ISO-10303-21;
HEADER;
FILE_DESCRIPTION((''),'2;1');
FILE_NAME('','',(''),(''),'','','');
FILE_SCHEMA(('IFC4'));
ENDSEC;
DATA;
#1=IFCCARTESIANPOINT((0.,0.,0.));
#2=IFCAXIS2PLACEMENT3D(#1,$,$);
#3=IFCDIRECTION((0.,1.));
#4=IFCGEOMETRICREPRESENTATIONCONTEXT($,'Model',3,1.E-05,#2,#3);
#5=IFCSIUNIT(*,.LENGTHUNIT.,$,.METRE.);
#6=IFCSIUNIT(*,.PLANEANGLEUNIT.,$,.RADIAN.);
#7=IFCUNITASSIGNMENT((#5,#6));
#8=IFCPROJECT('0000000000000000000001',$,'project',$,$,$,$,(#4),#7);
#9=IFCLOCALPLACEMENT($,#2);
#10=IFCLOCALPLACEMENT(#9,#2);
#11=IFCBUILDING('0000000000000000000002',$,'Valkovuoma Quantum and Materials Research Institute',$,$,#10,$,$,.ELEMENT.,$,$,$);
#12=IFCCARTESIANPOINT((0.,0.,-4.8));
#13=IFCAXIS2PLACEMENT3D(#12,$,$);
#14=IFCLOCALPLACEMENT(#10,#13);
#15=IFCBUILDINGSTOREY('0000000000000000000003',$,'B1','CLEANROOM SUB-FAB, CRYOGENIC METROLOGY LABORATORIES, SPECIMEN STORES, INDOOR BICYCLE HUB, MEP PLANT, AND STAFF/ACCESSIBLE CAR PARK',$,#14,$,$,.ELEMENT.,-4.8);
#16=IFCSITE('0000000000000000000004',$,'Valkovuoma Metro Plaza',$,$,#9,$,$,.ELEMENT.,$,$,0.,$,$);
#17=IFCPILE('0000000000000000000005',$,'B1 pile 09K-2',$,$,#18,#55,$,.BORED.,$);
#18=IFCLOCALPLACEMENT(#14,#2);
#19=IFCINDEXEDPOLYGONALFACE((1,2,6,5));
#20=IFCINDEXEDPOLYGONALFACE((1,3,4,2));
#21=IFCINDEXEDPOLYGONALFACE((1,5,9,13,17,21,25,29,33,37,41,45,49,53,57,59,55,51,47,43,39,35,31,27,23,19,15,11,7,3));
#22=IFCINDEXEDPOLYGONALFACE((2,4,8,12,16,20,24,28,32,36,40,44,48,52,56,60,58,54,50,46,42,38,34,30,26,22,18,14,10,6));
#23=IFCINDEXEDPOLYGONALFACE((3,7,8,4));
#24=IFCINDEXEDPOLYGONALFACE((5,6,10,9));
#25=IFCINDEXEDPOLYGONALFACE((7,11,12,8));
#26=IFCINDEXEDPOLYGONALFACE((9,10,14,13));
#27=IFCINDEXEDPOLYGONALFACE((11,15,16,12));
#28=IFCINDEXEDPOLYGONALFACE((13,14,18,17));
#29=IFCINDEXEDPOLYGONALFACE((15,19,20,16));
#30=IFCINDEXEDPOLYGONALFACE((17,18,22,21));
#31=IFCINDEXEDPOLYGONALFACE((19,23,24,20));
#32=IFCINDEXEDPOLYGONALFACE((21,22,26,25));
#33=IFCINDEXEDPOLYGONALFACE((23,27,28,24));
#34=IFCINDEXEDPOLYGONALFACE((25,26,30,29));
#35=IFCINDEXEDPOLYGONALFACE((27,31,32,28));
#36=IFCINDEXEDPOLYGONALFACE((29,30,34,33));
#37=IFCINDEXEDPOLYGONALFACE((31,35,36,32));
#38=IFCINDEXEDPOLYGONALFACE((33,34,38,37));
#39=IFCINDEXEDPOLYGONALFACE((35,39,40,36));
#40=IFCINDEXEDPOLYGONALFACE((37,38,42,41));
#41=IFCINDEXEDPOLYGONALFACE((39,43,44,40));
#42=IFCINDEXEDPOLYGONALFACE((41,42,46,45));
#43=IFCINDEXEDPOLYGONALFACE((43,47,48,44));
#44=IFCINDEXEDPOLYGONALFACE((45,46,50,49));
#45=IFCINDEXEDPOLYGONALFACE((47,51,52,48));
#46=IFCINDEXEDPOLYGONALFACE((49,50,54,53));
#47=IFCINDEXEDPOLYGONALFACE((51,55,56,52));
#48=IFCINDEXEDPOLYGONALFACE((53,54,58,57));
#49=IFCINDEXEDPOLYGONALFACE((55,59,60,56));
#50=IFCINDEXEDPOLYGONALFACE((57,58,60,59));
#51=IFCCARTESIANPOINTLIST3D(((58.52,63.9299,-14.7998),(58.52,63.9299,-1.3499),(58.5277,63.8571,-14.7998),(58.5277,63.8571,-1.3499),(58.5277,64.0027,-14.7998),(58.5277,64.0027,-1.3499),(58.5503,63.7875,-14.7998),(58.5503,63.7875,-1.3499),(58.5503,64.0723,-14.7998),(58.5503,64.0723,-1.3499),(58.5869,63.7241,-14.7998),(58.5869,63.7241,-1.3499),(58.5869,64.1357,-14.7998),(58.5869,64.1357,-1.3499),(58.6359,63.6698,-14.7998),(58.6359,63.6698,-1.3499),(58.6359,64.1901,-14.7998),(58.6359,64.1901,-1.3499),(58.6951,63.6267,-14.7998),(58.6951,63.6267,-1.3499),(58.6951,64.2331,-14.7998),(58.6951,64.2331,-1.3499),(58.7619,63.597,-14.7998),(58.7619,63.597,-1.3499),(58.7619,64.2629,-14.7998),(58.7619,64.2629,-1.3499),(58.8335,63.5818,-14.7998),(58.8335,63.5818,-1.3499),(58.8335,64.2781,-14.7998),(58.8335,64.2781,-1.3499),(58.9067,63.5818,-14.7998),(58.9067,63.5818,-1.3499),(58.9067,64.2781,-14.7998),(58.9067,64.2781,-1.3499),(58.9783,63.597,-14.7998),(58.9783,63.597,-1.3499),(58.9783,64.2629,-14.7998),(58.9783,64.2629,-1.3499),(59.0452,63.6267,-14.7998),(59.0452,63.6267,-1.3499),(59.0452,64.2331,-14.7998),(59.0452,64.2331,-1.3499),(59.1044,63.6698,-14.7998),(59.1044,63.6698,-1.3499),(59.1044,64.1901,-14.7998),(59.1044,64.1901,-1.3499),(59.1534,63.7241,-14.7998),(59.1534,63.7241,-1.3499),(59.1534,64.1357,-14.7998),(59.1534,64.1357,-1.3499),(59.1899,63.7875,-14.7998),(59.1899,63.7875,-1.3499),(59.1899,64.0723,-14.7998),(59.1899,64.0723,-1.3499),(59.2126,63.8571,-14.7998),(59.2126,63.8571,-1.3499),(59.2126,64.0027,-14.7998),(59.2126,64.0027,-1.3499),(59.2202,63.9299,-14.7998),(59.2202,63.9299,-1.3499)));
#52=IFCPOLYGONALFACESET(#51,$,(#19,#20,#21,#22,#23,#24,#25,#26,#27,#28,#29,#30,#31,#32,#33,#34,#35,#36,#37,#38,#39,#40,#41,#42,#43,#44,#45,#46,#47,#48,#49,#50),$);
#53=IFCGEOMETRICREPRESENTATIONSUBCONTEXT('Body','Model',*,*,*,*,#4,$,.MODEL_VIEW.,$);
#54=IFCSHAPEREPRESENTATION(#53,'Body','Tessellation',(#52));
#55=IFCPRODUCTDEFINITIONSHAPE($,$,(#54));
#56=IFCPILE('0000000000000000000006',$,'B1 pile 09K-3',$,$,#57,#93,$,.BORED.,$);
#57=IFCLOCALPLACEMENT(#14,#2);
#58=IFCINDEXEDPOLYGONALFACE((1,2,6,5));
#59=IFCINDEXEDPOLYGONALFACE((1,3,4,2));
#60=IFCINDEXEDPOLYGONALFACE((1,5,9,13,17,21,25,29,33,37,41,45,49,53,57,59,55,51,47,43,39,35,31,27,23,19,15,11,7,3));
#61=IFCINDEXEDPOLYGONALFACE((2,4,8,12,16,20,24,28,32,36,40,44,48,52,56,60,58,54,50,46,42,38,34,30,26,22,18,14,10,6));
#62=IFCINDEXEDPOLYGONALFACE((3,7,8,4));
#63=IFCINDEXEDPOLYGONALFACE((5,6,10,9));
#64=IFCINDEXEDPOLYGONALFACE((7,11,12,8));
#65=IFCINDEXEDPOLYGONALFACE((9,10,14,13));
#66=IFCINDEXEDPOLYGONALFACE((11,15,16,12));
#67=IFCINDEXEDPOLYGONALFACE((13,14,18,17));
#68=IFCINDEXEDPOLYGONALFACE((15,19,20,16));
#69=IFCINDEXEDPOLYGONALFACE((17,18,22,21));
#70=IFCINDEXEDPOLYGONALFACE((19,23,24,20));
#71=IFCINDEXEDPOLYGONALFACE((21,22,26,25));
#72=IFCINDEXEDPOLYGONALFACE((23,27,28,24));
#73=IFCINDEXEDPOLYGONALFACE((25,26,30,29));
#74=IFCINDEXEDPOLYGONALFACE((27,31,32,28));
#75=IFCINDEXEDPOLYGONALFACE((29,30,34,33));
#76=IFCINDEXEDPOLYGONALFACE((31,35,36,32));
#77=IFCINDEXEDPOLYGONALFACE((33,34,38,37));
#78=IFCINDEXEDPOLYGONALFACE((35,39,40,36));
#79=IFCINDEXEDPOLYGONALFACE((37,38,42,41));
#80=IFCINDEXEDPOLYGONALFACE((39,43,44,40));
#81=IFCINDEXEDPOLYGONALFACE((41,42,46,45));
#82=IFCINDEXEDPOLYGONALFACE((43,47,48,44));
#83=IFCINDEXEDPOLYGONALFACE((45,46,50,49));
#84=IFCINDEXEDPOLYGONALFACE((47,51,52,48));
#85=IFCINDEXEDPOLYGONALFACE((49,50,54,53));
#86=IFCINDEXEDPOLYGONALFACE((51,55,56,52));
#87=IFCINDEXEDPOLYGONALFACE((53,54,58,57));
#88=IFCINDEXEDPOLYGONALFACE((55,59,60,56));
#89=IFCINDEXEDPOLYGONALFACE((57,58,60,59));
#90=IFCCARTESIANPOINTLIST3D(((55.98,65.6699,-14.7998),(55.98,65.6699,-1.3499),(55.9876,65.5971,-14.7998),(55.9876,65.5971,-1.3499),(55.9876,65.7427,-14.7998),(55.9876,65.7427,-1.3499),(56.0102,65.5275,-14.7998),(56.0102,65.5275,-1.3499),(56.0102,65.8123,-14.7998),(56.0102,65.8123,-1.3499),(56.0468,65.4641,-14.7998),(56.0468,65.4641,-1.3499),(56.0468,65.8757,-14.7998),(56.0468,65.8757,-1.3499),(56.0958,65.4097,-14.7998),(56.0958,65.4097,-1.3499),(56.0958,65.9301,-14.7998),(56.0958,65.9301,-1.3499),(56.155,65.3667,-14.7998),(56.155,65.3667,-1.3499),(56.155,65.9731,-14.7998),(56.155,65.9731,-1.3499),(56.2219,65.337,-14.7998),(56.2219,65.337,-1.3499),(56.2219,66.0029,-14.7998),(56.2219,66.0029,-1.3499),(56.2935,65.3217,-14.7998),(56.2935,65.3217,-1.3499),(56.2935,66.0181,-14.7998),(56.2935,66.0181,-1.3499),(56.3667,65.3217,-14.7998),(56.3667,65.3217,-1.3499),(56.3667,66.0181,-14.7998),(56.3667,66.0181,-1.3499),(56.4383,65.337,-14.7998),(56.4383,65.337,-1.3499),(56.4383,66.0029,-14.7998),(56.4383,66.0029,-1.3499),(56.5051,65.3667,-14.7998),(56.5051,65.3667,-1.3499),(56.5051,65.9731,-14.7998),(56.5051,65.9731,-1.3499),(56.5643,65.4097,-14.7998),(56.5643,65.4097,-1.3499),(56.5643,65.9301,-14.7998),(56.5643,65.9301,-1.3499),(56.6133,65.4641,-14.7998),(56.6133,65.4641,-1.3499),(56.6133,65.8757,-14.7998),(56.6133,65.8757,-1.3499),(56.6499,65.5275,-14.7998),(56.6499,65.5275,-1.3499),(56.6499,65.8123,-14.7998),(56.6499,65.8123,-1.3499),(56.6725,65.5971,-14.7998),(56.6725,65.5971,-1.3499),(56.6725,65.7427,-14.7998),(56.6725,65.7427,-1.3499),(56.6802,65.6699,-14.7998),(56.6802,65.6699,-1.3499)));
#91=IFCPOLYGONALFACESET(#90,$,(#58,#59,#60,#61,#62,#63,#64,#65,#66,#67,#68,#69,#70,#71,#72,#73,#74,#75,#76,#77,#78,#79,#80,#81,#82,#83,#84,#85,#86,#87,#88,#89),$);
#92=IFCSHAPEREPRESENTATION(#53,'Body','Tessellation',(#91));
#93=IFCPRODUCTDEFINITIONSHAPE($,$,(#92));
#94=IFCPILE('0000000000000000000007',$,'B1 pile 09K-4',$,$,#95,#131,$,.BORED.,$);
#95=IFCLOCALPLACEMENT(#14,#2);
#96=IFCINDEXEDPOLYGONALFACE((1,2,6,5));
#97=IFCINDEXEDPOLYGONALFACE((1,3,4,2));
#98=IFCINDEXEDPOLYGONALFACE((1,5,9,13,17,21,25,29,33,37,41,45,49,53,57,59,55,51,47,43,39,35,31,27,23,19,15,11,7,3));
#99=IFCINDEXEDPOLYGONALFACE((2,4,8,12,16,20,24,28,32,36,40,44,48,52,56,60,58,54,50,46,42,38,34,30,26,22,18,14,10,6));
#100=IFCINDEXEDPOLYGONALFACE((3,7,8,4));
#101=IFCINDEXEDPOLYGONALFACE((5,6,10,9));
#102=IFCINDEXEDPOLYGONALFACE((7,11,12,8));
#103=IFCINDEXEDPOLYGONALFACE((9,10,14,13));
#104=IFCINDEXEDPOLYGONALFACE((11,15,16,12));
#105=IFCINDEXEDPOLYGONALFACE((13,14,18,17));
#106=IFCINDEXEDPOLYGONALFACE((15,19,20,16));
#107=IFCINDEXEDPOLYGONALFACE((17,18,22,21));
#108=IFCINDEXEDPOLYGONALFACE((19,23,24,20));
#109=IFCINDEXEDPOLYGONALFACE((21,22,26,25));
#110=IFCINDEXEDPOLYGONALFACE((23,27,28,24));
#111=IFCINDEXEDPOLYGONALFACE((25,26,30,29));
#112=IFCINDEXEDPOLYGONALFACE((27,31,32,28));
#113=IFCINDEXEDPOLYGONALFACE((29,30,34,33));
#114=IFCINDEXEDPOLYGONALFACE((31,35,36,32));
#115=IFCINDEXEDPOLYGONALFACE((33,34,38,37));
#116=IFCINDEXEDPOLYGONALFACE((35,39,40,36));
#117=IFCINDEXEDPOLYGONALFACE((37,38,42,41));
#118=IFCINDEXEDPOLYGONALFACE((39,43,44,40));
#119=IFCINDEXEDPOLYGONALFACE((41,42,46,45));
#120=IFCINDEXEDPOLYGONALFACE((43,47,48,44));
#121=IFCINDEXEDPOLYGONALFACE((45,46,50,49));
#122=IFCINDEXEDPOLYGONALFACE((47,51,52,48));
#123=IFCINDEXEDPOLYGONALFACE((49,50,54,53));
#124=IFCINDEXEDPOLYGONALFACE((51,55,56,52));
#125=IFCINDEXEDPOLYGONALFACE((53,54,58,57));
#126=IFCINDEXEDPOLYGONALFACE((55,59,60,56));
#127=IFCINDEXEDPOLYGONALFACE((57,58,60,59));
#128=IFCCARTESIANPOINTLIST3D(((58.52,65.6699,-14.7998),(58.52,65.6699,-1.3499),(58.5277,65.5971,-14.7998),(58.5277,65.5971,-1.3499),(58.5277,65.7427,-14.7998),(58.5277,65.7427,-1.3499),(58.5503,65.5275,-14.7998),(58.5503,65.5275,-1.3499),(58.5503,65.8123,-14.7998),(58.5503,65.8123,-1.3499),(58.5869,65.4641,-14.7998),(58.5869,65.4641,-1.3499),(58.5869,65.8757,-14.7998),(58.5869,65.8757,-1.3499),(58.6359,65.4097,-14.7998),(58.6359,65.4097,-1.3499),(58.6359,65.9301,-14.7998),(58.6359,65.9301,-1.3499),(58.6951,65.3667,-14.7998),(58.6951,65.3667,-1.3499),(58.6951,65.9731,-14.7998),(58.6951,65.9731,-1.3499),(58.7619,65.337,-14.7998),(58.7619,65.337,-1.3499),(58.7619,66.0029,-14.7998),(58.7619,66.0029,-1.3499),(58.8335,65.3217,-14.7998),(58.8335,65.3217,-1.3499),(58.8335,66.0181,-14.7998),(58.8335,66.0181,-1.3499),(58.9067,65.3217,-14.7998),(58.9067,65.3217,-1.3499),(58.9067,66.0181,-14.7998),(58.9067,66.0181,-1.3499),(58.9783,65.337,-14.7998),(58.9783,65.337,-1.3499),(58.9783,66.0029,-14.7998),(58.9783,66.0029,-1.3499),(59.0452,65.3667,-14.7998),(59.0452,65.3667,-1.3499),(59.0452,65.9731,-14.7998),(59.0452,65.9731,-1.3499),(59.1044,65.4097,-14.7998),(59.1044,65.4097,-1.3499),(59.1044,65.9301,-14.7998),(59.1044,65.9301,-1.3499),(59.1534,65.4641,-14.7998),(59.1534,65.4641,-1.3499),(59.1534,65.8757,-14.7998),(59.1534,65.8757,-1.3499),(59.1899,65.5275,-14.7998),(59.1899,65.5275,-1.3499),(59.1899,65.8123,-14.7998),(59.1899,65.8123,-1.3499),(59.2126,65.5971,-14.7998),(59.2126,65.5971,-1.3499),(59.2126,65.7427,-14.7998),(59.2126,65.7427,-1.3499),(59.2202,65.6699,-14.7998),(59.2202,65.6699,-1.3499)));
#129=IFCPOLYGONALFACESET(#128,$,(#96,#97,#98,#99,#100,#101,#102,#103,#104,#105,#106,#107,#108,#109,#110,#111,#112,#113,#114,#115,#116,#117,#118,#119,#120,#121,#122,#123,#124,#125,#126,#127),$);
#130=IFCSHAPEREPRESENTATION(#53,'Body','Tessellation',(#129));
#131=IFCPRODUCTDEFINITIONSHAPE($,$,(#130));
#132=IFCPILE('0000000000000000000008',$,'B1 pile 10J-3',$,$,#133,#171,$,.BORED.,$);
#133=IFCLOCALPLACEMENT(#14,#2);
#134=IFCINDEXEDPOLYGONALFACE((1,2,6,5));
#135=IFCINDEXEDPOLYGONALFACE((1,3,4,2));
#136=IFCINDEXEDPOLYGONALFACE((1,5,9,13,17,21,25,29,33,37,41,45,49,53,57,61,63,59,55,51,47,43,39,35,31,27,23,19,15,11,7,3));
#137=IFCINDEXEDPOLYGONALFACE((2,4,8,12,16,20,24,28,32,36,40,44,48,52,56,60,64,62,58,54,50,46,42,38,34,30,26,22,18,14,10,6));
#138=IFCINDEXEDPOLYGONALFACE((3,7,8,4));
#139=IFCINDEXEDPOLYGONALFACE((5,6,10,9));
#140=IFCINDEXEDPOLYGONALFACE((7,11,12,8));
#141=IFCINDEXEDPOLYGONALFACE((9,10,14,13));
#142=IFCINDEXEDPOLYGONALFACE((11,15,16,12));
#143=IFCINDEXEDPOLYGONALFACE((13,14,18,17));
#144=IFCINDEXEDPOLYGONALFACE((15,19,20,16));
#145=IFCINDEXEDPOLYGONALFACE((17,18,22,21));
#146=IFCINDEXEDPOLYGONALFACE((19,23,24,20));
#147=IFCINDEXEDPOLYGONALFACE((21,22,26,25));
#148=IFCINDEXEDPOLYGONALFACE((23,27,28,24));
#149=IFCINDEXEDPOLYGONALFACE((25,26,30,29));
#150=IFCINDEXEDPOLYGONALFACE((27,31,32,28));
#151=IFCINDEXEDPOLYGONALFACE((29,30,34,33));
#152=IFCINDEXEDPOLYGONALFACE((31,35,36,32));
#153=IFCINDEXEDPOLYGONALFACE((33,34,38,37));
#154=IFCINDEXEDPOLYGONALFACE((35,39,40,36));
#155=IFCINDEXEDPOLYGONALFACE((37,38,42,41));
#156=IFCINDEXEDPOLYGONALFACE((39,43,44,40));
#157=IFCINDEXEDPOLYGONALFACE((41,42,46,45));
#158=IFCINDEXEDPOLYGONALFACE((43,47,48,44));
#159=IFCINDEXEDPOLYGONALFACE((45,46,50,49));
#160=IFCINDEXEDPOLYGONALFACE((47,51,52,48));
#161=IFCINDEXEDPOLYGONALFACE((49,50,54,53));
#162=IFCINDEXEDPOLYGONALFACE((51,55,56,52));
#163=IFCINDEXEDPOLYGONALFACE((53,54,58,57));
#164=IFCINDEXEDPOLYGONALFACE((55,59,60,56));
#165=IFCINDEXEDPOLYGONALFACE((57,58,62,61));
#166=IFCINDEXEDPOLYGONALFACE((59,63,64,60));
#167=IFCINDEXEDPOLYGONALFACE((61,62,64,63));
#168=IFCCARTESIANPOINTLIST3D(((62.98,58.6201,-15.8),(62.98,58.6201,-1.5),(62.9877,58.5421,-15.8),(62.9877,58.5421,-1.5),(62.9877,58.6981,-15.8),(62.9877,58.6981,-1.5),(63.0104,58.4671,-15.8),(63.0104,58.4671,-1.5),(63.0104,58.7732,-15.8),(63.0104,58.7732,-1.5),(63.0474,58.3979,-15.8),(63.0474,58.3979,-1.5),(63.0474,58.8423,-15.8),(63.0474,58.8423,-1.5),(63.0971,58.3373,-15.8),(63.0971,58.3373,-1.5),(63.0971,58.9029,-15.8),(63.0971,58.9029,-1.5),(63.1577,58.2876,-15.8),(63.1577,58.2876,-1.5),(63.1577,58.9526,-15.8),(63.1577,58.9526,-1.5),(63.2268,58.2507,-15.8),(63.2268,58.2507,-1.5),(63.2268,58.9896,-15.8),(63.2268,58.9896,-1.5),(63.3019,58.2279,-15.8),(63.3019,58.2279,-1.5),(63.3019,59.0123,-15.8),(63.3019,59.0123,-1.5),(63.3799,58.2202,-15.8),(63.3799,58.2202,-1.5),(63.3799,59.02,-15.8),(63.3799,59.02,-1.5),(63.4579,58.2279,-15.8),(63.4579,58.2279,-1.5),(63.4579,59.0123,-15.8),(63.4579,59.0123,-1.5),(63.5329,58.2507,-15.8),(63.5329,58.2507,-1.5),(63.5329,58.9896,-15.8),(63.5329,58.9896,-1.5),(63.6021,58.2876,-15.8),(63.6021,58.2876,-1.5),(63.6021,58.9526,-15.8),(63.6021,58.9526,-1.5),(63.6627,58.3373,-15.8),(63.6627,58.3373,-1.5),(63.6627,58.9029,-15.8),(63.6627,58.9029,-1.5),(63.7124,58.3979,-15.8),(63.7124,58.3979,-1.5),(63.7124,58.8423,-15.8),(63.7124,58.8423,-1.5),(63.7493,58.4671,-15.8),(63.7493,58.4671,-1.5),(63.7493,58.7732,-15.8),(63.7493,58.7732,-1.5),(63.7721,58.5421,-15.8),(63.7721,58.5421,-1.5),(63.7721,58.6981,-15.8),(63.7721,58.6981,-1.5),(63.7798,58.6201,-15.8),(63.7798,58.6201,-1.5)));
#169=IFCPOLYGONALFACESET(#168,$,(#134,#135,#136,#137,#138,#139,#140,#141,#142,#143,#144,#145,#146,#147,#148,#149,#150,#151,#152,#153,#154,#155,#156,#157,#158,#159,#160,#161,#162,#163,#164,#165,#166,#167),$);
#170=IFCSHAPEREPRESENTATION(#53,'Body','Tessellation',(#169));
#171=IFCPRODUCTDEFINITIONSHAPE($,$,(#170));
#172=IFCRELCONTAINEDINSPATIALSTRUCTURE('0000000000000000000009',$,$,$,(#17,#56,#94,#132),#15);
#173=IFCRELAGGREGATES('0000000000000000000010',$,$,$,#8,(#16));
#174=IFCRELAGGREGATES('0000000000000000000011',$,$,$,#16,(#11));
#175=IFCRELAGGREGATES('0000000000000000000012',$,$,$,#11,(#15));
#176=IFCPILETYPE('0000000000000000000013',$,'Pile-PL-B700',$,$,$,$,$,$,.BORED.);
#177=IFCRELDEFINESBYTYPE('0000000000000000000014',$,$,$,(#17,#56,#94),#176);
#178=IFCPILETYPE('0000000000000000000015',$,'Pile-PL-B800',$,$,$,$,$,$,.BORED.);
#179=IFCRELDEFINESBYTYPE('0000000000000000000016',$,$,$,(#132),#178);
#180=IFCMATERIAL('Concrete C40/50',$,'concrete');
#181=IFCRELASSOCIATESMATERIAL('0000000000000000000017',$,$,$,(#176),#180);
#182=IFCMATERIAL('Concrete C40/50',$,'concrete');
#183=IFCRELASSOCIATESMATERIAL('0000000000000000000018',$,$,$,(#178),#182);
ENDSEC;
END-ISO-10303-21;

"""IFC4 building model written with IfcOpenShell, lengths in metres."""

from ifc_helpers import new_model, si_unit, direction, frame, origin, origin_2d, place, context, subcontext, project, spatial, circle, extrude, material, material_profile, profile_set, type_object, element, save


model = new_model("IFC4")

# Units and contexts
model_context = context("Model", 3, precision=1e-05, world=origin(), true_north=direction((0.0, 1.0)))
body_context = subcontext(model_context, "Body", "Model", "MODEL_VIEW")
ifc_project = project(units=[si_unit("LENGTHUNIT", "METRE"), si_unit("PLANEANGLEUNIT", "RADIAN")], contexts=[model_context])

# Site, building, storey
site_placement = place(None, origin())
site = spatial("IfcSite", under=ifc_project, at=site_placement, Name="Valkovuoma Metro Plaza", CompositionType="ELEMENT", RefElevation=0.0)
building_placement = place(site_placement, origin())
building = spatial("IfcBuilding", under=site, at=building_placement, Name="Valkovuoma Quantum and Materials Research Institute", CompositionType="ELEMENT")
storey_placement = place(building_placement, frame((0.0, 0.0, -4.8)))
storey = spatial("IfcBuildingStorey", under=building, at=storey_placement, Name="B1", Description="CLEANROOM SUB-FAB, CRYOGENIC METROLOGY LABORATORIES, SPECIMEN STORES, INDOOR BICYCLE HUB, MEP PLANT, AND STAFF/ACCESSIBLE CAR PARK", CompositionType="ELEMENT", Elevation=-4.8)

# Piles
ifc_material_1 = material(Name="Concrete C40/50", Category="concrete")
ifc_material_profile_1 = material_profile(ifc_material_1, circle(Radius=0.3501, at=origin_2d()), Name="Concrete C40/50")
ifc_profile_set_1 = profile_set([ifc_material_profile_1], Name="Concrete C40/50")
pile_type_1 = type_object("IfcPileType", Name="Pile-PL-B700", PredefinedType="BORED", material=ifc_profile_set_1)
for number, where, z_axis, x_axis, name in (
    (1, (58.8701, 63.9299, -1.3499), (0.0, 0.0, -1.0), (1.0, 0.0, 0.0), "B1 pile 09K-2"),
    (2, (56.3301, 65.6699, -1.3499), (0.0, 0.0, -1.0), (1.0, 0.0, 0.0), "B1 pile 09K-3"),
    (3, (58.8701, 65.6699, -1.3499), (0.0, 0.0, -1.0), (1.0, 0.0, 0.0), "B1 pile 09K-4"),
):
    element("IfcPile", number, at=place(storey_placement, frame(where, z_axis=z_axis, x_axis=x_axis)), inside=storey, type_object=pile_type_1, Name=name, PredefinedType="BORED", context=body_context, shape_type="SweptSolid", body=[
        extrude(circle(Radius=0.3501, at=origin_2d()), origin(), (0.0, 0.0, 1.0), 13.45),
    ])
ifc_material_2 = material(Name="Concrete C40/50", Category="concrete")
ifc_material_profile_2 = material_profile(ifc_material_2, circle(Radius=0.3999, at=origin_2d()), Name="Concrete C40/50")
ifc_profile_set_2 = profile_set([ifc_material_profile_2], Name="Concrete C40/50")
pile_type_2 = type_object("IfcPileType", Name="Pile-PL-B800", PredefinedType="BORED", material=ifc_profile_set_2)
pile_1_placement = place(storey_placement, frame((63.3799, 58.6201, -1.5), z_axis=(0.0, 0.0, -1.0), x_axis=(1.0, 0.0, 0.0)))
element("IfcPile", 4, at=pile_1_placement, inside=storey, type_object=pile_type_2, Name="B1 pile 10J-3", PredefinedType="BORED", context=body_context, shape_type="SweptSolid", body=[
    extrude(circle(Radius=0.3999, at=origin_2d()), origin(), (0.0, 0.0, 1.0), 14.3),
])

save(model, "model.ifc")
